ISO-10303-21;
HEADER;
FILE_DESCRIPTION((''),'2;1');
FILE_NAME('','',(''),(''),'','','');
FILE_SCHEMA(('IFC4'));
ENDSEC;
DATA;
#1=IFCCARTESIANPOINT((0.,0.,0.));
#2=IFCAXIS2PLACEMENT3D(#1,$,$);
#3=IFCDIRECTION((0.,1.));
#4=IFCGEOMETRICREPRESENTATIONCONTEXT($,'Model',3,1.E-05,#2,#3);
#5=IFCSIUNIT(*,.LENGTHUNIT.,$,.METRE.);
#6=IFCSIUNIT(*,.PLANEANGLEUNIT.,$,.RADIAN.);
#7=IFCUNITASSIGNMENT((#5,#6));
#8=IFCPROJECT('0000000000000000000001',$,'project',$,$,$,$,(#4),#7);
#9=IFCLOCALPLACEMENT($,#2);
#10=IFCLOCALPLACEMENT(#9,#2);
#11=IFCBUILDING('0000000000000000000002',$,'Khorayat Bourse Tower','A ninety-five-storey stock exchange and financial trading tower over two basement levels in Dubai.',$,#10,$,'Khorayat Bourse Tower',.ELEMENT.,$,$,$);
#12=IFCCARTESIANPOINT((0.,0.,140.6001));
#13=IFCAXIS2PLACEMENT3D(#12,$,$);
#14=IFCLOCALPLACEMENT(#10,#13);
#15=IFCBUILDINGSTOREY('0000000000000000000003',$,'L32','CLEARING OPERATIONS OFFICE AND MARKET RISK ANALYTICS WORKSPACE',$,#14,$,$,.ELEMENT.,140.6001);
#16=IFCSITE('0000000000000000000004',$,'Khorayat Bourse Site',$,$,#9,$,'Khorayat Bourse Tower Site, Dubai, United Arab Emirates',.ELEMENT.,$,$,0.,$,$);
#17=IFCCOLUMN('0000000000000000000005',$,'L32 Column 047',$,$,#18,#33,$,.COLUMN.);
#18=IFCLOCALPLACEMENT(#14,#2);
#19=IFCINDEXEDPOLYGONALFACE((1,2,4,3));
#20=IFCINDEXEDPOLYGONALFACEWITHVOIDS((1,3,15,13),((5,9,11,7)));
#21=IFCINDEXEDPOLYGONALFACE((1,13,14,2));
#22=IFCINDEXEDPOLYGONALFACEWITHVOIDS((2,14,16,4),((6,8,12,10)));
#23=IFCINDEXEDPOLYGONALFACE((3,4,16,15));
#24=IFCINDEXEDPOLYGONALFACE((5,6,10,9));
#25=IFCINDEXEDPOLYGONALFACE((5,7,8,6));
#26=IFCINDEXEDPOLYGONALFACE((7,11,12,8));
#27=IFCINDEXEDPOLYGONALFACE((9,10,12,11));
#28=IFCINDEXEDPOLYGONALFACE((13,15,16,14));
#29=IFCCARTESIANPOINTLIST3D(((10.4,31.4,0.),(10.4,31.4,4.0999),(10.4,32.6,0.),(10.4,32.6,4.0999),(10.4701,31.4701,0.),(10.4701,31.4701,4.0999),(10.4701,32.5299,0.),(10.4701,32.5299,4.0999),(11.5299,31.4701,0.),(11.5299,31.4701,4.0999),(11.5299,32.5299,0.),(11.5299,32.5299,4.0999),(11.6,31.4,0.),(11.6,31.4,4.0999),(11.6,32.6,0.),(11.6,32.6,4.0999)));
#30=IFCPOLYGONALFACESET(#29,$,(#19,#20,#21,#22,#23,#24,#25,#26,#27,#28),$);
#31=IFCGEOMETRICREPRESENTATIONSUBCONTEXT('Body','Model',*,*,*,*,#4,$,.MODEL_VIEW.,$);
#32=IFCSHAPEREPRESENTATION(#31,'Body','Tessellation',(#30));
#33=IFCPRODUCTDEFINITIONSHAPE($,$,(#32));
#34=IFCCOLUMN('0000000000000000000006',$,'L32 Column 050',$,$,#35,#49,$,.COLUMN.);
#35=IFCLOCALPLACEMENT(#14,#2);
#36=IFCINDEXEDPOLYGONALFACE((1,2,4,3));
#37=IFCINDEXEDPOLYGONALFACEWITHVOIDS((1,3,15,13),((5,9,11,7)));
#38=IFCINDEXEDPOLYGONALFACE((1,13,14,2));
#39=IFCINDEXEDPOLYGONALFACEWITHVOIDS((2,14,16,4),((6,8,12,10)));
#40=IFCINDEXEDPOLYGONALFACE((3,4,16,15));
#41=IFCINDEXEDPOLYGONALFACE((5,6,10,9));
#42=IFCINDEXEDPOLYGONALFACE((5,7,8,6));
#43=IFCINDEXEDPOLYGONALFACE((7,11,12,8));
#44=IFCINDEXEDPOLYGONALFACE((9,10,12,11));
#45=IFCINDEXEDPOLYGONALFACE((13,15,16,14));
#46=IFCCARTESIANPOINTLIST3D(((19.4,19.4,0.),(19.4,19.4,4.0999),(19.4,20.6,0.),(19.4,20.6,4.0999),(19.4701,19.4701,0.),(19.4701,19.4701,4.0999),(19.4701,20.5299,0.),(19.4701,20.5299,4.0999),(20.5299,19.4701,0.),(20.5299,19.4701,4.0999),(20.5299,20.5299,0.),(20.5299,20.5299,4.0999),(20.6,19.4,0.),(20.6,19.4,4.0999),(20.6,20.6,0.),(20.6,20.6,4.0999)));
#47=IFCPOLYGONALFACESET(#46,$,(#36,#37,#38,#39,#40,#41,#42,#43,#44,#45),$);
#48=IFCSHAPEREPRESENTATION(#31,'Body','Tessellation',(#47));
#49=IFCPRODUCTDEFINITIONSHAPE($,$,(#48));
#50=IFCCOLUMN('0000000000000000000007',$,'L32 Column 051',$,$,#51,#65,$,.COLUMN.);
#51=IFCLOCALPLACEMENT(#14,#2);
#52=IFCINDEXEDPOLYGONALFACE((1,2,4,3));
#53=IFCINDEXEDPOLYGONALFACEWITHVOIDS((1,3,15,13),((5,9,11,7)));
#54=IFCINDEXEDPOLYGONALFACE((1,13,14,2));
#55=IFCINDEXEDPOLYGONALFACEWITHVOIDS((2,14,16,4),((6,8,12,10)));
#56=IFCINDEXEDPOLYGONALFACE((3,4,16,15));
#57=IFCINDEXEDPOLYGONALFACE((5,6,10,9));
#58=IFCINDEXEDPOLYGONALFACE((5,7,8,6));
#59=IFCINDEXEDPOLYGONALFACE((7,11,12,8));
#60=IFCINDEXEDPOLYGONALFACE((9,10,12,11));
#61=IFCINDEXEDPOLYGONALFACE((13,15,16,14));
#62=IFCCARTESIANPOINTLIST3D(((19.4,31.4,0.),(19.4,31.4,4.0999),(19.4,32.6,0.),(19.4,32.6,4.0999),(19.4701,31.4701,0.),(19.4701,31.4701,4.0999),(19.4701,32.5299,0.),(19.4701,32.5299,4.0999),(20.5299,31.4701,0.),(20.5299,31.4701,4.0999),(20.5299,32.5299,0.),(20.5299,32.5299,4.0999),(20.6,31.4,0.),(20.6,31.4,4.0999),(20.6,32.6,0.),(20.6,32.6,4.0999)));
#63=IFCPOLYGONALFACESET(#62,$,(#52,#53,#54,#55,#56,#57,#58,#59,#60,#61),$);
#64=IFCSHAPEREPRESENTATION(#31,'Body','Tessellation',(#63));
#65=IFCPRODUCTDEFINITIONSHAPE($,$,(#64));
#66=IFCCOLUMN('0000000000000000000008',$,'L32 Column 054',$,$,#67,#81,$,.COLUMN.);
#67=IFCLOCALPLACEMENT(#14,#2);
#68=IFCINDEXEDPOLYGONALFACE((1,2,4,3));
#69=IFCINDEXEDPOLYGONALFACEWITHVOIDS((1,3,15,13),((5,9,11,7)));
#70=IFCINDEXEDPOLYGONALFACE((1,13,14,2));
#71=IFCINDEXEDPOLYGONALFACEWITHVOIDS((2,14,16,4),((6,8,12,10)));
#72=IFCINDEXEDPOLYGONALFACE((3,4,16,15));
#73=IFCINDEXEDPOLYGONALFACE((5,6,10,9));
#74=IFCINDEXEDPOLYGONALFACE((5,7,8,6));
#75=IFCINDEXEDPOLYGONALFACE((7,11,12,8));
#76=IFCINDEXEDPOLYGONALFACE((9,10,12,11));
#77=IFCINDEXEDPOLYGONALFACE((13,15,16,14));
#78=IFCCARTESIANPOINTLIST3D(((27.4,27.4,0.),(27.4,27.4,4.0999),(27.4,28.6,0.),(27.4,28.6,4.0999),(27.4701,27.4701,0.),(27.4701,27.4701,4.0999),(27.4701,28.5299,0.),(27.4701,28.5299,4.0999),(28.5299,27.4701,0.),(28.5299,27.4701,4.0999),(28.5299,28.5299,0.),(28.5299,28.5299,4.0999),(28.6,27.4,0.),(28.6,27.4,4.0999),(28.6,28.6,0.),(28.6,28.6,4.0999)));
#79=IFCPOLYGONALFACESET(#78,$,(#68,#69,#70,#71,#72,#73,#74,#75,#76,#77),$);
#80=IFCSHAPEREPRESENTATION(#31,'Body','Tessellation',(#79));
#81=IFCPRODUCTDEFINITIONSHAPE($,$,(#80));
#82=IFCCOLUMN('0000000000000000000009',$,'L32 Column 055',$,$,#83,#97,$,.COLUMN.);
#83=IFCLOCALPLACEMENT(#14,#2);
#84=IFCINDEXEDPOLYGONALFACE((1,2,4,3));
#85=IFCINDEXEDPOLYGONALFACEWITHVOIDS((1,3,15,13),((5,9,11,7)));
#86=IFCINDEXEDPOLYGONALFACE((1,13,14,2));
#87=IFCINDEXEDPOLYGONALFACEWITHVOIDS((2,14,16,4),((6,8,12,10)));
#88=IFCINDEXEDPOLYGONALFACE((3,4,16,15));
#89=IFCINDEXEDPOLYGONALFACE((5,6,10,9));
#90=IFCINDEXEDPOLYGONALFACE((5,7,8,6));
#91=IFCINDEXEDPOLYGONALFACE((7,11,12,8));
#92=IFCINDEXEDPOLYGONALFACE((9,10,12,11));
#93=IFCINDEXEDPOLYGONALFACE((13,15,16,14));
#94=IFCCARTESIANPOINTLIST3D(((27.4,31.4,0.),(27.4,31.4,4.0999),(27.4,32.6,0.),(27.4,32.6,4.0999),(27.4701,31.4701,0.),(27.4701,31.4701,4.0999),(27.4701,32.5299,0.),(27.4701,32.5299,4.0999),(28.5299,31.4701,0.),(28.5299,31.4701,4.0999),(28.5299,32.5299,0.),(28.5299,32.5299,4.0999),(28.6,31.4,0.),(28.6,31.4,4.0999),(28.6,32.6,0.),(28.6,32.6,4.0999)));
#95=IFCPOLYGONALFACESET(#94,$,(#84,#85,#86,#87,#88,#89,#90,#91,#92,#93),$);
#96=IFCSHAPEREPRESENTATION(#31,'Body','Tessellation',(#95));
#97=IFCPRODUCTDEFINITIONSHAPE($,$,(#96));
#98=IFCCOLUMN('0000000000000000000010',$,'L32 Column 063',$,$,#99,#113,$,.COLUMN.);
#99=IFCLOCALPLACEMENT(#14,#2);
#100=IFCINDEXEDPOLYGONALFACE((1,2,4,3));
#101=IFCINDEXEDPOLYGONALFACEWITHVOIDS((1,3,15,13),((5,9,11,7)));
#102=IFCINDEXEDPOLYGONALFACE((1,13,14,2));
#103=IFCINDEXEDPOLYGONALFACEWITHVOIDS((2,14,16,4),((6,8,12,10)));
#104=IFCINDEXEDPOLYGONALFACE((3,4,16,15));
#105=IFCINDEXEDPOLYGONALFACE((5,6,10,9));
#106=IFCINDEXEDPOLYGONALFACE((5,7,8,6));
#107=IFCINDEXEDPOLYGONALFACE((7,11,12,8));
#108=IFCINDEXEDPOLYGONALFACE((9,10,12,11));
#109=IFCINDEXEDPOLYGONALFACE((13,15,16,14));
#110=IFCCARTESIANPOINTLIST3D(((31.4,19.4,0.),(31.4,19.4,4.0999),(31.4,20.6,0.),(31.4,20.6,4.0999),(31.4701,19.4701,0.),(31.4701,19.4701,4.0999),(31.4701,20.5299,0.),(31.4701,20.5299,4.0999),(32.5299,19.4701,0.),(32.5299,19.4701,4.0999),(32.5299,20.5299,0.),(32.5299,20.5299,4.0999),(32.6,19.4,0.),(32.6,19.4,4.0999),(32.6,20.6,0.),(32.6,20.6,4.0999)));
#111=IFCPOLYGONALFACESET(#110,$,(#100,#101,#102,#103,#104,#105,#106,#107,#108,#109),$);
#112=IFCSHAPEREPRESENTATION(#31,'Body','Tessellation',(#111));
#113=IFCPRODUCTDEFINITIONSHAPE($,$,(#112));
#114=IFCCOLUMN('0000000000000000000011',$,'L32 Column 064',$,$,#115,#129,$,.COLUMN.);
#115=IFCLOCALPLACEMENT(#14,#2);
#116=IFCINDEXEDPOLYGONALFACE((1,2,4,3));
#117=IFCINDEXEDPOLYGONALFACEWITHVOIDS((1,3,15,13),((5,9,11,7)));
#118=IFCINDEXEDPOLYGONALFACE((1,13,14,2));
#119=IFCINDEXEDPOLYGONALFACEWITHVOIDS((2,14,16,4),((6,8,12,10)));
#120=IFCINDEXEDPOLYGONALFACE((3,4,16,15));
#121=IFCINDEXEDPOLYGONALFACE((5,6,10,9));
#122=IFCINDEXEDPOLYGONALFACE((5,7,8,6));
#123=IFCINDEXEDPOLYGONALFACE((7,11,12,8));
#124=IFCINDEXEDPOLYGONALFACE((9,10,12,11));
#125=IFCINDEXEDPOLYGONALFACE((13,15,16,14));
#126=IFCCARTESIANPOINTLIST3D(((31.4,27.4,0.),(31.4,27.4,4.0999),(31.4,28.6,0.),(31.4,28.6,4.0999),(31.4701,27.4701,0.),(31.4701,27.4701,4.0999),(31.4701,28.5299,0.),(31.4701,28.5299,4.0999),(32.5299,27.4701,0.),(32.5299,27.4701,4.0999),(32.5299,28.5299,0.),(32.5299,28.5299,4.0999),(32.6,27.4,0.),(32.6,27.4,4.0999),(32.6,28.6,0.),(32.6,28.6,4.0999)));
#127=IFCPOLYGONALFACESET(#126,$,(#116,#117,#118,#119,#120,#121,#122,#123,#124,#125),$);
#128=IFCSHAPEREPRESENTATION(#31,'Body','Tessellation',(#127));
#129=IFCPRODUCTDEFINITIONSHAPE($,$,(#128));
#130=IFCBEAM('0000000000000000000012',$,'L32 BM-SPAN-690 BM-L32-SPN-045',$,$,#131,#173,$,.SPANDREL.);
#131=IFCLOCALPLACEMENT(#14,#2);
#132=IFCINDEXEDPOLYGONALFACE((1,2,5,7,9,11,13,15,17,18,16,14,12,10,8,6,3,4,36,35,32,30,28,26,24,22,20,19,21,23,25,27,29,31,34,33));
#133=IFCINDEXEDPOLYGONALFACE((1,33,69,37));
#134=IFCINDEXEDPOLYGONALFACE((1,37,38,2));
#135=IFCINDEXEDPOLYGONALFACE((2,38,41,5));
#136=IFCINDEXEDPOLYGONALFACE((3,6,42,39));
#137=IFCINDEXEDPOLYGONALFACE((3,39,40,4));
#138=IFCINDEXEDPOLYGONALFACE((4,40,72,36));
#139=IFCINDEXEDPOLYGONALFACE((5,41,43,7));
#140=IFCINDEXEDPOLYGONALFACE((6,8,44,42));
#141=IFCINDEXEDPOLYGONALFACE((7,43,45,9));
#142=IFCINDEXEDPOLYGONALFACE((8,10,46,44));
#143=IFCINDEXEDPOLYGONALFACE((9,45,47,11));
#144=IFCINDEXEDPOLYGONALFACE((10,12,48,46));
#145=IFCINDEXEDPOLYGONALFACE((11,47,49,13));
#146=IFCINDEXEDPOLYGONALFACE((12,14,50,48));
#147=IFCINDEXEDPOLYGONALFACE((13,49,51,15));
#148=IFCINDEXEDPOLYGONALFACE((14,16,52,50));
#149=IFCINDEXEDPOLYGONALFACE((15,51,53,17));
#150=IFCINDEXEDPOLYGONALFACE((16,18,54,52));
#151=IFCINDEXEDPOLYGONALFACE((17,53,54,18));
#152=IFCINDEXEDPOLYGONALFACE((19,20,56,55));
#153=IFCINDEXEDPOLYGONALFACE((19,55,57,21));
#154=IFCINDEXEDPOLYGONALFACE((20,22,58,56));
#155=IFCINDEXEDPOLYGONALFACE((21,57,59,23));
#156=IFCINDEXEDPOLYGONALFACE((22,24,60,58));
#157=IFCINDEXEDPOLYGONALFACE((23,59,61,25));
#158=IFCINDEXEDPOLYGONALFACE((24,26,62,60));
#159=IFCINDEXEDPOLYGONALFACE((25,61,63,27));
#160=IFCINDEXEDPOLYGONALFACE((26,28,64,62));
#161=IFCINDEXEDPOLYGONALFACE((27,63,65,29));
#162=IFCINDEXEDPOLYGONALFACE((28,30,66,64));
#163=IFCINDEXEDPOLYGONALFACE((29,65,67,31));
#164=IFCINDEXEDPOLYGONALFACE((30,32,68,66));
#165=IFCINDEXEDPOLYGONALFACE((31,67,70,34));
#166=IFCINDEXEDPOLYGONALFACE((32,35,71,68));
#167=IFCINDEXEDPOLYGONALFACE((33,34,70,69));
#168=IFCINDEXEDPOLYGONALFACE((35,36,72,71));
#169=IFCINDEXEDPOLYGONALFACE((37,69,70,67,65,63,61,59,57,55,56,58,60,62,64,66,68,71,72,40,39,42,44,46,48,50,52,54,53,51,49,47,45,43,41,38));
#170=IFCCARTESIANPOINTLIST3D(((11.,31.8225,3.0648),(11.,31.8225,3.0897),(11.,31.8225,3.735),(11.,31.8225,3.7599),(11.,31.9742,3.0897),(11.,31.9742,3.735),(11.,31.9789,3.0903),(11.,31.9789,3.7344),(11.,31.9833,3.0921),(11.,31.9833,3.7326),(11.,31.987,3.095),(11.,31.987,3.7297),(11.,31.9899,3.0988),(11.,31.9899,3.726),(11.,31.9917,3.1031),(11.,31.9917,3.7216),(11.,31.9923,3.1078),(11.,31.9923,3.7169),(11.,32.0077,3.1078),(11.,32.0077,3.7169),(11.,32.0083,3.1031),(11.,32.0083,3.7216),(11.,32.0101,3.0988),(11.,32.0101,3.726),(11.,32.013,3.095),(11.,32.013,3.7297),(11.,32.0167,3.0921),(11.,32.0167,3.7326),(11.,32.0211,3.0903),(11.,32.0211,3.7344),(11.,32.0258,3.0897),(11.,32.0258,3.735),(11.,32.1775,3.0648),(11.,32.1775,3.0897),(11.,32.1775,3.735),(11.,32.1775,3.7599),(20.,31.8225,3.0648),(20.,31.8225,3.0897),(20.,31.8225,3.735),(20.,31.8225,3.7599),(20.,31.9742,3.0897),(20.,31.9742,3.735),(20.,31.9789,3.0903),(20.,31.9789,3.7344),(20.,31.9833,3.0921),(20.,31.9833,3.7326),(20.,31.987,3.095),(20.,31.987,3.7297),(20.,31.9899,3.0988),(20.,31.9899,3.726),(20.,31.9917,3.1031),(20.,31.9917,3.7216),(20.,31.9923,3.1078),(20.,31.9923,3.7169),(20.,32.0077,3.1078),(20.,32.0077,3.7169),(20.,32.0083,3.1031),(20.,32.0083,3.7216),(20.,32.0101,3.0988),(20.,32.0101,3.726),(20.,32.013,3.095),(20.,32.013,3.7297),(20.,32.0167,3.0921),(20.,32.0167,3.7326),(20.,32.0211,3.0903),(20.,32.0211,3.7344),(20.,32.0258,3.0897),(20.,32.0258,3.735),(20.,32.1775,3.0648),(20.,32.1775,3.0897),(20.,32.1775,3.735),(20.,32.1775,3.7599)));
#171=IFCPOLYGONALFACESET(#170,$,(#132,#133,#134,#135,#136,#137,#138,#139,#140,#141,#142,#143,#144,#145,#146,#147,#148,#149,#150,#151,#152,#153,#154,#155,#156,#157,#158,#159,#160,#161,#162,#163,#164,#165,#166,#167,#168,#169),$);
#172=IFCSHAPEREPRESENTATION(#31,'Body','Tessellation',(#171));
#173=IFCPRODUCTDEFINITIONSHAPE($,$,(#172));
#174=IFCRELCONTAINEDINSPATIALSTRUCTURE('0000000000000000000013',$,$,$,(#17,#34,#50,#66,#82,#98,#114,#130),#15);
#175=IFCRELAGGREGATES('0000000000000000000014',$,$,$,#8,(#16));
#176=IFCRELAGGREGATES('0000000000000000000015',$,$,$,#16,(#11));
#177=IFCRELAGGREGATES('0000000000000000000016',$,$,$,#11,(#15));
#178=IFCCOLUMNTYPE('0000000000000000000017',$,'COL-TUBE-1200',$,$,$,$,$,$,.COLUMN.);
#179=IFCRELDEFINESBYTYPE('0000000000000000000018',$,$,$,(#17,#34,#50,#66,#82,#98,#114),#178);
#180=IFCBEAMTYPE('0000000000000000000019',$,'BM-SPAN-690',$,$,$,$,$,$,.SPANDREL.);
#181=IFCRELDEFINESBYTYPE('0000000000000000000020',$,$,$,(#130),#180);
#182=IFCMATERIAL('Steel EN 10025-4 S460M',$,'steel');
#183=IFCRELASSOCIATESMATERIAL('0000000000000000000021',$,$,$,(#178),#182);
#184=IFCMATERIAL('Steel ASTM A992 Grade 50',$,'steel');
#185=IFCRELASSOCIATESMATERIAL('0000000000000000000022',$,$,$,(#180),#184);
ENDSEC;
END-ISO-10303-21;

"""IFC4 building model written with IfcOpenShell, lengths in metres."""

from ifc_helpers import new_model, si_unit, direction, frame, origin, origin_2d, place, context, subcontext, project, spatial, hollow_rectangle, i_section, extrude, source, transform, mapped, material, material_profile, profile_set, type_object, element, save


model = new_model("IFC4")

# Units and contexts
model_context = context("Model", 3, precision=1e-05, world=origin(), true_north=direction((0.0, 1.0)))
body_context = subcontext(model_context, "Body", "Model", "MODEL_VIEW")
ifc_project = project(units=[si_unit("LENGTHUNIT", "METRE"), si_unit("PLANEANGLEUNIT", "RADIAN")], contexts=[model_context])

# Site, building, storey
site_placement = place(None, origin())
site = spatial("IfcSite", under=ifc_project, at=site_placement, Name="Khorayat Bourse Site", LongName="Khorayat Bourse Tower Site, Dubai, United Arab Emirates", CompositionType="ELEMENT", RefElevation=0.0)
building_placement = place(site_placement, origin())
building = spatial("IfcBuilding", under=site, at=building_placement, Name="Khorayat Bourse Tower", Description="A ninety-five-storey stock exchange and financial trading tower over two basement levels in Dubai.", LongName="Khorayat Bourse Tower", CompositionType="ELEMENT")
storey_placement = place(building_placement, frame((0.0, 0.0, 140.6001)))
storey = spatial("IfcBuildingStorey", under=building, at=storey_placement, Name="L32", Description="CLEARING OPERATIONS OFFICE AND MARKET RISK ANALYTICS WORKSPACE", CompositionType="ELEMENT", Elevation=140.6001)

# Columns
ifc_material_1 = material(Name="Steel EN 10025-4 S460M", Category="steel")
ifc_material_profile_1 = material_profile(ifc_material_1, hollow_rectangle(XDim=1.2, YDim=1.2, WallThickness=0.0701, at=origin_2d()), Name="BOX 1200x1200x70")
ifc_profile_set_1 = profile_set([ifc_material_profile_1], Name="Steel EN 10025-4 S460M")
column_type = type_object("IfcColumnType", Name="COL-TUBE-1200", PredefinedType="COLUMN", material=ifc_profile_set_1)
shared_shape_1 = source(origin(), body_context, "Body", "SweptSolid", [
    extrude(hollow_rectangle(XDim=1.2, YDim=1.2, WallThickness=0.0701, at=origin_2d()), origin(), (0.0, 0.0, 1.0), 4.0999),
])
for number, where, z_axis, x_axis, name in (
    (1, (11.0, 32.0, 0.0), (0.0, 0.0, 1.0), (1.0, 0.0, 0.0), "L32 Column 047"),
    (2, (20.0, 20.0, 0.0), (0.0, 0.0, 1.0), (1.0, 0.0, 0.0), "L32 Column 050"),
    (3, (20.0, 32.0, 0.0), (0.0, 0.0, 1.0), (1.0, 0.0, 0.0), "L32 Column 051"),
    (4, (28.0, 28.0, 0.0), (0.0, 0.0, 1.0), (1.0, 0.0, 0.0), "L32 Column 054"),
    (5, (28.0, 32.0, 0.0), (0.0, 0.0, 1.0), (1.0, 0.0, 0.0), "L32 Column 055"),
    (6, (32.0, 20.0, 0.0), (0.0, 0.0, 1.0), (1.0, 0.0, 0.0), "L32 Column 063"),
    (7, (32.0, 28.0, 0.0), (0.0, 0.0, 1.0), (1.0, 0.0, 0.0), "L32 Column 064"),
):
    element("IfcColumn", number, at=place(storey_placement, frame(where, z_axis=z_axis, x_axis=x_axis)), inside=storey, type_object=column_type, Name=name, PredefinedType="COLUMN", context=body_context, shape_type="MappedRepresentation", body=[
        mapped(shared_shape_1, transform((0.0, 0.0, 0.0), scale=1.0)),
    ])

# Beam
ifc_material_2 = material(Name="Steel ASTM A992 Grade 50", Category="steel")
ifc_material_profile_2 = material_profile(ifc_material_2, i_section(OverallWidth=0.355, OverallDepth=0.6951, WebThickness=0.0154, FlangeThickness=0.0249, FilletRadius=0.0181, at=origin_2d()), Name="W690X217")
ifc_profile_set_2 = profile_set([ifc_material_profile_2], Name="Steel ASTM A992 Grade 50")
beam_type_1 = type_object("IfcBeamType", Name="BM-SPAN-690", PredefinedType="SPANDREL", material=ifc_profile_set_2)
shared_shape_2 = source(origin(), body_context, "Body", "SweptSolid", [
    extrude(i_section(OverallWidth=0.355, OverallDepth=0.6951, WebThickness=0.0154, FlangeThickness=0.0249, FilletRadius=0.0181, at=origin_2d()), origin(), (0.0, 0.0, 1.0), 9.0),
])
beam_1_placement = place(storey_placement, frame((11.0, 32.0, 3.4124), z_axis=(1.0, 0.0, 0.0), x_axis=(0.0, 1.0, 0.0)))
element("IfcBeam", 8, at=beam_1_placement, inside=storey, type_object=beam_type_1, Name="L32 BM-SPAN-690 BM-L32-SPN-045", PredefinedType="SPANDREL", context=body_context, shape_type="MappedRepresentation", body=[
    mapped(shared_shape_2, transform((0.0, 0.0, 0.0), scale=1.0)),
])

save(model, "model.ifc")
